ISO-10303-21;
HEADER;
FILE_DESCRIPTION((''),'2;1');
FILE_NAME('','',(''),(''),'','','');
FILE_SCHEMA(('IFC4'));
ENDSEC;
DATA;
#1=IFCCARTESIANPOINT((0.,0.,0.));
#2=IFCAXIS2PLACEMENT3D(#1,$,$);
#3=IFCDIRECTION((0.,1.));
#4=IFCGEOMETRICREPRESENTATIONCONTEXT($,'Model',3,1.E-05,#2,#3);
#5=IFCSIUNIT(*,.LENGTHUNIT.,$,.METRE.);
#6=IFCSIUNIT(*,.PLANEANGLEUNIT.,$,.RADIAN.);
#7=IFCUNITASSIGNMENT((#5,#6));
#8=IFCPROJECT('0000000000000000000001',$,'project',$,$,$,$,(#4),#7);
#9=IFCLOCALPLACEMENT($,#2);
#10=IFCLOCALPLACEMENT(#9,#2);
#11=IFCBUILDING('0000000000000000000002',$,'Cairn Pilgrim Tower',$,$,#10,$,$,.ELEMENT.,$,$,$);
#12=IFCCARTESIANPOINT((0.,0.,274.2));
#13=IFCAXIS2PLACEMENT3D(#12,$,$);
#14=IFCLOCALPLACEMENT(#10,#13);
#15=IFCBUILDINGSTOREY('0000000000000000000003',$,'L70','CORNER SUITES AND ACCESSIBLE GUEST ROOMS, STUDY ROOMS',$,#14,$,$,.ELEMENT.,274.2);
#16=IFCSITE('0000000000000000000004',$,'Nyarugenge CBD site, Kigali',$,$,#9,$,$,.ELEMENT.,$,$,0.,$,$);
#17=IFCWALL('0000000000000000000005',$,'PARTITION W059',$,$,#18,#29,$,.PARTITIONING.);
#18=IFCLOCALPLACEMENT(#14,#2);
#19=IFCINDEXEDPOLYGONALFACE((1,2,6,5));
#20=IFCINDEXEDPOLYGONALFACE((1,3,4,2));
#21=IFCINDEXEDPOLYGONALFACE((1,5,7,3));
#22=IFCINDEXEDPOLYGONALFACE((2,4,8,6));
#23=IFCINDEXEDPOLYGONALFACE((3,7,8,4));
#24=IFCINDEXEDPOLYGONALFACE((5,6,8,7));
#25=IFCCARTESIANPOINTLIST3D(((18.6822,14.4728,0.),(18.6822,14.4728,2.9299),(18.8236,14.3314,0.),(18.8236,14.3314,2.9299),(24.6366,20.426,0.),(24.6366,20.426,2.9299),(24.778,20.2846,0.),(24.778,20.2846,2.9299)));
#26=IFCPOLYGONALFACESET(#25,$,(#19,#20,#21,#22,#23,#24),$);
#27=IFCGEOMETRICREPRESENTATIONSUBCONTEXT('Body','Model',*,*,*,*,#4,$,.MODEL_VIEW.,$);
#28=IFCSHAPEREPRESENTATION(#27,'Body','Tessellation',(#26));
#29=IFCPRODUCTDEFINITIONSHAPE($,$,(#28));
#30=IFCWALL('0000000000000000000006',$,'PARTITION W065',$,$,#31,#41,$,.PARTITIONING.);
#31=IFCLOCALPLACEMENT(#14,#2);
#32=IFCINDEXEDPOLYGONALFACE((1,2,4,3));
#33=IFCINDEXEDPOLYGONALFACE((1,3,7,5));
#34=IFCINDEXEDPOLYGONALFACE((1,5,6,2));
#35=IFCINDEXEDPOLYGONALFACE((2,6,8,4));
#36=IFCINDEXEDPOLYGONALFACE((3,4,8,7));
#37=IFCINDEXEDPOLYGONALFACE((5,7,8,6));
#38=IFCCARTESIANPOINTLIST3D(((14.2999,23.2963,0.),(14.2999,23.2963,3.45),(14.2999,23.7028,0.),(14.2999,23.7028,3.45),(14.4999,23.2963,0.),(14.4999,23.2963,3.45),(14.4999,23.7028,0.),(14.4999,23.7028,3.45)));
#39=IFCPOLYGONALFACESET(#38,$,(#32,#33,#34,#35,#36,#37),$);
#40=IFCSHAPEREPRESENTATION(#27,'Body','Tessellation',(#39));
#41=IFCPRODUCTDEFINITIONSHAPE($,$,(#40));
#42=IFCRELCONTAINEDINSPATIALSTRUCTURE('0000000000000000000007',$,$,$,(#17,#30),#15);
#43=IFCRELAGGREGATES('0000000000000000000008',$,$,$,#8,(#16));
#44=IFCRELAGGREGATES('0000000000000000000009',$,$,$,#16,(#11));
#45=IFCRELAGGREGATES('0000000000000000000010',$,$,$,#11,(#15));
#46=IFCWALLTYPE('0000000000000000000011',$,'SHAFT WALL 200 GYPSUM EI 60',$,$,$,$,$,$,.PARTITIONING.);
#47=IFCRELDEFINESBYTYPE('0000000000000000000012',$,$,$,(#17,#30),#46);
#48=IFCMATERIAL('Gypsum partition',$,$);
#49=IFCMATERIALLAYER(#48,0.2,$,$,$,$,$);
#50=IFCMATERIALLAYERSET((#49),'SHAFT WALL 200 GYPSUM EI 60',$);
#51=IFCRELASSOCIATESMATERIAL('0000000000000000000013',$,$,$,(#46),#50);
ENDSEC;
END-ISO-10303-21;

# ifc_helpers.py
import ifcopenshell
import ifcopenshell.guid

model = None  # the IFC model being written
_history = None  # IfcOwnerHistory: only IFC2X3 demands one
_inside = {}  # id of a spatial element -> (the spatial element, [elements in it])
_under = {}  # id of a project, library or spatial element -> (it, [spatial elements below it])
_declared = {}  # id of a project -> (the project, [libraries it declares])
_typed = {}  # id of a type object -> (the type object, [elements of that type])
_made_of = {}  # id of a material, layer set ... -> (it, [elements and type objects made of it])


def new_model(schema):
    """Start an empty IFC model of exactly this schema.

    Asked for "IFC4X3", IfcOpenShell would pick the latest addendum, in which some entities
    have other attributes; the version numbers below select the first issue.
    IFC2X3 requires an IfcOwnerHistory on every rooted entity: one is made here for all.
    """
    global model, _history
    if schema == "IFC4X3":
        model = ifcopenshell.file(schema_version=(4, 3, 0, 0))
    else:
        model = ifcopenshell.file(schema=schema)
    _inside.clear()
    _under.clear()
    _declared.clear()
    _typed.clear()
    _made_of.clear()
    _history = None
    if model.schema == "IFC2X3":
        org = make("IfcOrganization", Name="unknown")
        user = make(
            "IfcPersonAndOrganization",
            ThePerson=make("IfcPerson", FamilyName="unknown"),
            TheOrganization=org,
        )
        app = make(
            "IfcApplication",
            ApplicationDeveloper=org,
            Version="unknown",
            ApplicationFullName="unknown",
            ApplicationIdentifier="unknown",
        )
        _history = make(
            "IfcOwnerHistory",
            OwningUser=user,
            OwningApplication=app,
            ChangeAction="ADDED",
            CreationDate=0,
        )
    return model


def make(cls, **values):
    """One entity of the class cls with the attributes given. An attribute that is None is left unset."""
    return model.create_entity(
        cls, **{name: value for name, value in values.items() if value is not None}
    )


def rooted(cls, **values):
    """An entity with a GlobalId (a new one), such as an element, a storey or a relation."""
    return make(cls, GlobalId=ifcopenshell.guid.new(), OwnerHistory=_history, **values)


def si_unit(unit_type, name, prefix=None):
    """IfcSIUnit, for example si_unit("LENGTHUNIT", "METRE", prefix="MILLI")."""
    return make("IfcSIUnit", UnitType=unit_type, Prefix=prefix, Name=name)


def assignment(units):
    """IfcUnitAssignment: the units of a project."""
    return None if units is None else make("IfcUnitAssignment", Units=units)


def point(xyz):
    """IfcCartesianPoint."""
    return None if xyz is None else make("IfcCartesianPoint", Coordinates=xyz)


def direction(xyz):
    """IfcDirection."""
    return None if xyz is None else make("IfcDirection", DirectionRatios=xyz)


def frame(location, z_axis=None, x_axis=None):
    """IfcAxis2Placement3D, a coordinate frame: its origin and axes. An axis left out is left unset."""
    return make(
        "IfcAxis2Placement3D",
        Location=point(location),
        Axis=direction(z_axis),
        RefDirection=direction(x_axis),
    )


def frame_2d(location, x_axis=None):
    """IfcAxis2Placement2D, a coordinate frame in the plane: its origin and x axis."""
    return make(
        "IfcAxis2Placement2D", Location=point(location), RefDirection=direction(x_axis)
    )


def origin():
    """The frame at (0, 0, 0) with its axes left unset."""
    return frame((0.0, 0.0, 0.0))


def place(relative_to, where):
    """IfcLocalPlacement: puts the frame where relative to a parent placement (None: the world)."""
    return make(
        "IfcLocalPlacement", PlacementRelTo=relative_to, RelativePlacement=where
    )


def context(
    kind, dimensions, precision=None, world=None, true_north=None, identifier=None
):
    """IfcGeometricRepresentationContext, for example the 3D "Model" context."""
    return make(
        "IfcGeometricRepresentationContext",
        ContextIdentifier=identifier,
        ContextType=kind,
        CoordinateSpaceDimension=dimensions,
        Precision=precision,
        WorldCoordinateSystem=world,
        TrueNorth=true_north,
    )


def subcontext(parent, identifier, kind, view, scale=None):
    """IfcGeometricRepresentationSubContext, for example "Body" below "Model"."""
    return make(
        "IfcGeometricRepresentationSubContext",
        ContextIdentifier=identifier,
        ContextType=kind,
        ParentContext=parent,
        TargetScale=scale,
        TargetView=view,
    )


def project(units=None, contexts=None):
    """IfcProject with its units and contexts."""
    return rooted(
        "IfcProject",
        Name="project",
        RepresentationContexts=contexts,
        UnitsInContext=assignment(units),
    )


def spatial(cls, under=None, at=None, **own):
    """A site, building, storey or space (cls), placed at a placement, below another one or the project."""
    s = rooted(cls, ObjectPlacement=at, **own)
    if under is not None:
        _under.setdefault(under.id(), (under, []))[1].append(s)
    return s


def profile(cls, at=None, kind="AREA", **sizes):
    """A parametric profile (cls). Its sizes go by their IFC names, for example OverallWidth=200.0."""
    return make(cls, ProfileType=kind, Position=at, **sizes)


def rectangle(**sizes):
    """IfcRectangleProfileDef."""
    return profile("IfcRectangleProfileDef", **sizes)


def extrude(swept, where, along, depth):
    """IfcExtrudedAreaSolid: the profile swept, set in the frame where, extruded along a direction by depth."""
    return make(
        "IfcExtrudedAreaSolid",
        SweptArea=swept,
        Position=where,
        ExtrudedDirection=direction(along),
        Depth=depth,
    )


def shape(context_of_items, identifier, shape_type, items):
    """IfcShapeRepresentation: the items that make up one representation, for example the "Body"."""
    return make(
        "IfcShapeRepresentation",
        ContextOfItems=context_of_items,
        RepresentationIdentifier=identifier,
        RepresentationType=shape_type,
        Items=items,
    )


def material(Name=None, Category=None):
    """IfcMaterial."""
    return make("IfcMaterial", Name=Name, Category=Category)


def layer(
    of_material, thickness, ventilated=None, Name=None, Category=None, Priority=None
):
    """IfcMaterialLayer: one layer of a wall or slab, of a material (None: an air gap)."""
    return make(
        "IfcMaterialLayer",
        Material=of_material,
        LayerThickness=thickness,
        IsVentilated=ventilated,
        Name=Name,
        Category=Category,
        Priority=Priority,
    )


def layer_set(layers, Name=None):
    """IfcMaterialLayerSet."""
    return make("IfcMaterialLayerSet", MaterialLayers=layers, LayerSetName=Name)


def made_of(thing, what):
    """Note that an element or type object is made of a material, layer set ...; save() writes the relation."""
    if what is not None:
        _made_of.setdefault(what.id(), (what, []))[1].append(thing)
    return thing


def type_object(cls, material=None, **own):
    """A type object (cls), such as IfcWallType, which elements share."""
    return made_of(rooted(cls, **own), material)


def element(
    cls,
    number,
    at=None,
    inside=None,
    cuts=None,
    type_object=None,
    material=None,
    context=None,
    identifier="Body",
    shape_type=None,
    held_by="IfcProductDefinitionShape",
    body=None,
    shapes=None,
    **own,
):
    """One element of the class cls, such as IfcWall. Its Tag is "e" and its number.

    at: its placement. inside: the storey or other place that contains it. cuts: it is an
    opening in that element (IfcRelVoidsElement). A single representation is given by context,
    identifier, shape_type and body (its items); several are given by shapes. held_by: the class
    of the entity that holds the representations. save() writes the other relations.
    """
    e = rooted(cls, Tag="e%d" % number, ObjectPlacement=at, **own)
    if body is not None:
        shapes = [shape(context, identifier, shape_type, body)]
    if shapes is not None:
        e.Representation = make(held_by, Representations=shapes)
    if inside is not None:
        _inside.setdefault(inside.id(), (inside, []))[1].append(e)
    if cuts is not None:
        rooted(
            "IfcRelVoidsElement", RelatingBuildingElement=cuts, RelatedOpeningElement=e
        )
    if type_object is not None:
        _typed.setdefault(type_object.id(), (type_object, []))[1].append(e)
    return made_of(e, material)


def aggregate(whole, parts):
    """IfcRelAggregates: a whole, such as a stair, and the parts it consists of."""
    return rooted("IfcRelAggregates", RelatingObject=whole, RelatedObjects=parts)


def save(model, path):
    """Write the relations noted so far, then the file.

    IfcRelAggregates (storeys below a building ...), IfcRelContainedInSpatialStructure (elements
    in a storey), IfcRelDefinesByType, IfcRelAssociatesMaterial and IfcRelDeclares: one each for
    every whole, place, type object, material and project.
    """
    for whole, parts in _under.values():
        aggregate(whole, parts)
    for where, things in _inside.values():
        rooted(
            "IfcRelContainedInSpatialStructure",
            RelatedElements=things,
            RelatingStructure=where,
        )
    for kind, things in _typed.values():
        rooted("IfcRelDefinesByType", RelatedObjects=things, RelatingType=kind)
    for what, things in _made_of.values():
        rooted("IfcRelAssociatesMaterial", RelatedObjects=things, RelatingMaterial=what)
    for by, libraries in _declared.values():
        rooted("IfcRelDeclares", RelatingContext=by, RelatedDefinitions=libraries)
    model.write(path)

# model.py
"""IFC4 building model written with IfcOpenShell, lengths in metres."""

from ifc_helpers import new_model, si_unit, direction, frame, frame_2d, origin, place, context, subcontext, project, spatial, rectangle, extrude, material, layer, layer_set, type_object, element, save


model = new_model("IFC4")

# Units and contexts
model_context = context("Model", 3, precision=1e-05, world=origin(), true_north=direction((0.0, 1.0)))
body_context = subcontext(model_context, "Body", "Model", "MODEL_VIEW")
ifc_project = project(units=[si_unit("LENGTHUNIT", "METRE"), si_unit("PLANEANGLEUNIT", "RADIAN")], contexts=[model_context])

# Site, building, storey
site_placement = place(None, origin())
site = spatial("IfcSite", under=ifc_project, at=site_placement, Name="Nyarugenge CBD site, Kigali", CompositionType="ELEMENT", RefElevation=0.0)
building_placement = place(site_placement, origin())
building = spatial("IfcBuilding", under=site, at=building_placement, Name="Cairn Pilgrim Tower", CompositionType="ELEMENT")
storey_placement = place(building_placement, frame((0.0, 0.0, 274.2)))
storey = spatial("IfcBuildingStorey", under=building, at=storey_placement, Name="L70", Description="CORNER SUITES AND ACCESSIBLE GUEST ROOMS, STUDY ROOMS", CompositionType="ELEMENT", Elevation=274.2)

# Shared definitions
ifc_material_1 = material(Name="Gypsum partition")

# Walls
ifc_layer_1 = layer(ifc_material_1, 0.2)
ifc_layer_set_1 = layer_set([ifc_layer_1], Name="SHAFT WALL 200 GYPSUM EI 60")
wall_type_1 = type_object("IfcWallType", Name="SHAFT WALL 200 GYPSUM EI 60", PredefinedType="PARTITIONING", material=ifc_layer_set_1)
wall_1_placement = place(storey_placement, frame((18.7529, 14.4021, 0.0), z_axis=(0.0, 0.0, 1.0), x_axis=(0.707179, 0.707034, 0.0)))
element("IfcWall", 1, at=wall_1_placement, inside=storey, type_object=wall_type_1, Name="PARTITION W059", PredefinedType="PARTITIONING", context=body_context, shape_type="SweptSolid", body=[
    extrude(rectangle(XDim=8.4199, YDim=0.2, at=frame_2d((4.21, 0.0))), origin(), (0.0, 0.0, 1.0), 2.9299),
])
wall_2_placement = place(storey_placement, frame((14.3999, 23.2964, 0.0), z_axis=(0.0, 0.0, 1.0), x_axis=(0.0, 1.0, 0.0)))
element("IfcWall", 2, at=wall_2_placement, inside=storey, type_object=wall_type_1, Name="PARTITION W065", PredefinedType="PARTITIONING", context=body_context, shape_type="SweptSolid", body=[
    extrude(rectangle(XDim=0.4065, YDim=0.2, at=frame_2d((0.2031, 0.0))), origin(), (0.0, 0.0, 1.0), 3.45),
])

save(model, "model.ifc")
